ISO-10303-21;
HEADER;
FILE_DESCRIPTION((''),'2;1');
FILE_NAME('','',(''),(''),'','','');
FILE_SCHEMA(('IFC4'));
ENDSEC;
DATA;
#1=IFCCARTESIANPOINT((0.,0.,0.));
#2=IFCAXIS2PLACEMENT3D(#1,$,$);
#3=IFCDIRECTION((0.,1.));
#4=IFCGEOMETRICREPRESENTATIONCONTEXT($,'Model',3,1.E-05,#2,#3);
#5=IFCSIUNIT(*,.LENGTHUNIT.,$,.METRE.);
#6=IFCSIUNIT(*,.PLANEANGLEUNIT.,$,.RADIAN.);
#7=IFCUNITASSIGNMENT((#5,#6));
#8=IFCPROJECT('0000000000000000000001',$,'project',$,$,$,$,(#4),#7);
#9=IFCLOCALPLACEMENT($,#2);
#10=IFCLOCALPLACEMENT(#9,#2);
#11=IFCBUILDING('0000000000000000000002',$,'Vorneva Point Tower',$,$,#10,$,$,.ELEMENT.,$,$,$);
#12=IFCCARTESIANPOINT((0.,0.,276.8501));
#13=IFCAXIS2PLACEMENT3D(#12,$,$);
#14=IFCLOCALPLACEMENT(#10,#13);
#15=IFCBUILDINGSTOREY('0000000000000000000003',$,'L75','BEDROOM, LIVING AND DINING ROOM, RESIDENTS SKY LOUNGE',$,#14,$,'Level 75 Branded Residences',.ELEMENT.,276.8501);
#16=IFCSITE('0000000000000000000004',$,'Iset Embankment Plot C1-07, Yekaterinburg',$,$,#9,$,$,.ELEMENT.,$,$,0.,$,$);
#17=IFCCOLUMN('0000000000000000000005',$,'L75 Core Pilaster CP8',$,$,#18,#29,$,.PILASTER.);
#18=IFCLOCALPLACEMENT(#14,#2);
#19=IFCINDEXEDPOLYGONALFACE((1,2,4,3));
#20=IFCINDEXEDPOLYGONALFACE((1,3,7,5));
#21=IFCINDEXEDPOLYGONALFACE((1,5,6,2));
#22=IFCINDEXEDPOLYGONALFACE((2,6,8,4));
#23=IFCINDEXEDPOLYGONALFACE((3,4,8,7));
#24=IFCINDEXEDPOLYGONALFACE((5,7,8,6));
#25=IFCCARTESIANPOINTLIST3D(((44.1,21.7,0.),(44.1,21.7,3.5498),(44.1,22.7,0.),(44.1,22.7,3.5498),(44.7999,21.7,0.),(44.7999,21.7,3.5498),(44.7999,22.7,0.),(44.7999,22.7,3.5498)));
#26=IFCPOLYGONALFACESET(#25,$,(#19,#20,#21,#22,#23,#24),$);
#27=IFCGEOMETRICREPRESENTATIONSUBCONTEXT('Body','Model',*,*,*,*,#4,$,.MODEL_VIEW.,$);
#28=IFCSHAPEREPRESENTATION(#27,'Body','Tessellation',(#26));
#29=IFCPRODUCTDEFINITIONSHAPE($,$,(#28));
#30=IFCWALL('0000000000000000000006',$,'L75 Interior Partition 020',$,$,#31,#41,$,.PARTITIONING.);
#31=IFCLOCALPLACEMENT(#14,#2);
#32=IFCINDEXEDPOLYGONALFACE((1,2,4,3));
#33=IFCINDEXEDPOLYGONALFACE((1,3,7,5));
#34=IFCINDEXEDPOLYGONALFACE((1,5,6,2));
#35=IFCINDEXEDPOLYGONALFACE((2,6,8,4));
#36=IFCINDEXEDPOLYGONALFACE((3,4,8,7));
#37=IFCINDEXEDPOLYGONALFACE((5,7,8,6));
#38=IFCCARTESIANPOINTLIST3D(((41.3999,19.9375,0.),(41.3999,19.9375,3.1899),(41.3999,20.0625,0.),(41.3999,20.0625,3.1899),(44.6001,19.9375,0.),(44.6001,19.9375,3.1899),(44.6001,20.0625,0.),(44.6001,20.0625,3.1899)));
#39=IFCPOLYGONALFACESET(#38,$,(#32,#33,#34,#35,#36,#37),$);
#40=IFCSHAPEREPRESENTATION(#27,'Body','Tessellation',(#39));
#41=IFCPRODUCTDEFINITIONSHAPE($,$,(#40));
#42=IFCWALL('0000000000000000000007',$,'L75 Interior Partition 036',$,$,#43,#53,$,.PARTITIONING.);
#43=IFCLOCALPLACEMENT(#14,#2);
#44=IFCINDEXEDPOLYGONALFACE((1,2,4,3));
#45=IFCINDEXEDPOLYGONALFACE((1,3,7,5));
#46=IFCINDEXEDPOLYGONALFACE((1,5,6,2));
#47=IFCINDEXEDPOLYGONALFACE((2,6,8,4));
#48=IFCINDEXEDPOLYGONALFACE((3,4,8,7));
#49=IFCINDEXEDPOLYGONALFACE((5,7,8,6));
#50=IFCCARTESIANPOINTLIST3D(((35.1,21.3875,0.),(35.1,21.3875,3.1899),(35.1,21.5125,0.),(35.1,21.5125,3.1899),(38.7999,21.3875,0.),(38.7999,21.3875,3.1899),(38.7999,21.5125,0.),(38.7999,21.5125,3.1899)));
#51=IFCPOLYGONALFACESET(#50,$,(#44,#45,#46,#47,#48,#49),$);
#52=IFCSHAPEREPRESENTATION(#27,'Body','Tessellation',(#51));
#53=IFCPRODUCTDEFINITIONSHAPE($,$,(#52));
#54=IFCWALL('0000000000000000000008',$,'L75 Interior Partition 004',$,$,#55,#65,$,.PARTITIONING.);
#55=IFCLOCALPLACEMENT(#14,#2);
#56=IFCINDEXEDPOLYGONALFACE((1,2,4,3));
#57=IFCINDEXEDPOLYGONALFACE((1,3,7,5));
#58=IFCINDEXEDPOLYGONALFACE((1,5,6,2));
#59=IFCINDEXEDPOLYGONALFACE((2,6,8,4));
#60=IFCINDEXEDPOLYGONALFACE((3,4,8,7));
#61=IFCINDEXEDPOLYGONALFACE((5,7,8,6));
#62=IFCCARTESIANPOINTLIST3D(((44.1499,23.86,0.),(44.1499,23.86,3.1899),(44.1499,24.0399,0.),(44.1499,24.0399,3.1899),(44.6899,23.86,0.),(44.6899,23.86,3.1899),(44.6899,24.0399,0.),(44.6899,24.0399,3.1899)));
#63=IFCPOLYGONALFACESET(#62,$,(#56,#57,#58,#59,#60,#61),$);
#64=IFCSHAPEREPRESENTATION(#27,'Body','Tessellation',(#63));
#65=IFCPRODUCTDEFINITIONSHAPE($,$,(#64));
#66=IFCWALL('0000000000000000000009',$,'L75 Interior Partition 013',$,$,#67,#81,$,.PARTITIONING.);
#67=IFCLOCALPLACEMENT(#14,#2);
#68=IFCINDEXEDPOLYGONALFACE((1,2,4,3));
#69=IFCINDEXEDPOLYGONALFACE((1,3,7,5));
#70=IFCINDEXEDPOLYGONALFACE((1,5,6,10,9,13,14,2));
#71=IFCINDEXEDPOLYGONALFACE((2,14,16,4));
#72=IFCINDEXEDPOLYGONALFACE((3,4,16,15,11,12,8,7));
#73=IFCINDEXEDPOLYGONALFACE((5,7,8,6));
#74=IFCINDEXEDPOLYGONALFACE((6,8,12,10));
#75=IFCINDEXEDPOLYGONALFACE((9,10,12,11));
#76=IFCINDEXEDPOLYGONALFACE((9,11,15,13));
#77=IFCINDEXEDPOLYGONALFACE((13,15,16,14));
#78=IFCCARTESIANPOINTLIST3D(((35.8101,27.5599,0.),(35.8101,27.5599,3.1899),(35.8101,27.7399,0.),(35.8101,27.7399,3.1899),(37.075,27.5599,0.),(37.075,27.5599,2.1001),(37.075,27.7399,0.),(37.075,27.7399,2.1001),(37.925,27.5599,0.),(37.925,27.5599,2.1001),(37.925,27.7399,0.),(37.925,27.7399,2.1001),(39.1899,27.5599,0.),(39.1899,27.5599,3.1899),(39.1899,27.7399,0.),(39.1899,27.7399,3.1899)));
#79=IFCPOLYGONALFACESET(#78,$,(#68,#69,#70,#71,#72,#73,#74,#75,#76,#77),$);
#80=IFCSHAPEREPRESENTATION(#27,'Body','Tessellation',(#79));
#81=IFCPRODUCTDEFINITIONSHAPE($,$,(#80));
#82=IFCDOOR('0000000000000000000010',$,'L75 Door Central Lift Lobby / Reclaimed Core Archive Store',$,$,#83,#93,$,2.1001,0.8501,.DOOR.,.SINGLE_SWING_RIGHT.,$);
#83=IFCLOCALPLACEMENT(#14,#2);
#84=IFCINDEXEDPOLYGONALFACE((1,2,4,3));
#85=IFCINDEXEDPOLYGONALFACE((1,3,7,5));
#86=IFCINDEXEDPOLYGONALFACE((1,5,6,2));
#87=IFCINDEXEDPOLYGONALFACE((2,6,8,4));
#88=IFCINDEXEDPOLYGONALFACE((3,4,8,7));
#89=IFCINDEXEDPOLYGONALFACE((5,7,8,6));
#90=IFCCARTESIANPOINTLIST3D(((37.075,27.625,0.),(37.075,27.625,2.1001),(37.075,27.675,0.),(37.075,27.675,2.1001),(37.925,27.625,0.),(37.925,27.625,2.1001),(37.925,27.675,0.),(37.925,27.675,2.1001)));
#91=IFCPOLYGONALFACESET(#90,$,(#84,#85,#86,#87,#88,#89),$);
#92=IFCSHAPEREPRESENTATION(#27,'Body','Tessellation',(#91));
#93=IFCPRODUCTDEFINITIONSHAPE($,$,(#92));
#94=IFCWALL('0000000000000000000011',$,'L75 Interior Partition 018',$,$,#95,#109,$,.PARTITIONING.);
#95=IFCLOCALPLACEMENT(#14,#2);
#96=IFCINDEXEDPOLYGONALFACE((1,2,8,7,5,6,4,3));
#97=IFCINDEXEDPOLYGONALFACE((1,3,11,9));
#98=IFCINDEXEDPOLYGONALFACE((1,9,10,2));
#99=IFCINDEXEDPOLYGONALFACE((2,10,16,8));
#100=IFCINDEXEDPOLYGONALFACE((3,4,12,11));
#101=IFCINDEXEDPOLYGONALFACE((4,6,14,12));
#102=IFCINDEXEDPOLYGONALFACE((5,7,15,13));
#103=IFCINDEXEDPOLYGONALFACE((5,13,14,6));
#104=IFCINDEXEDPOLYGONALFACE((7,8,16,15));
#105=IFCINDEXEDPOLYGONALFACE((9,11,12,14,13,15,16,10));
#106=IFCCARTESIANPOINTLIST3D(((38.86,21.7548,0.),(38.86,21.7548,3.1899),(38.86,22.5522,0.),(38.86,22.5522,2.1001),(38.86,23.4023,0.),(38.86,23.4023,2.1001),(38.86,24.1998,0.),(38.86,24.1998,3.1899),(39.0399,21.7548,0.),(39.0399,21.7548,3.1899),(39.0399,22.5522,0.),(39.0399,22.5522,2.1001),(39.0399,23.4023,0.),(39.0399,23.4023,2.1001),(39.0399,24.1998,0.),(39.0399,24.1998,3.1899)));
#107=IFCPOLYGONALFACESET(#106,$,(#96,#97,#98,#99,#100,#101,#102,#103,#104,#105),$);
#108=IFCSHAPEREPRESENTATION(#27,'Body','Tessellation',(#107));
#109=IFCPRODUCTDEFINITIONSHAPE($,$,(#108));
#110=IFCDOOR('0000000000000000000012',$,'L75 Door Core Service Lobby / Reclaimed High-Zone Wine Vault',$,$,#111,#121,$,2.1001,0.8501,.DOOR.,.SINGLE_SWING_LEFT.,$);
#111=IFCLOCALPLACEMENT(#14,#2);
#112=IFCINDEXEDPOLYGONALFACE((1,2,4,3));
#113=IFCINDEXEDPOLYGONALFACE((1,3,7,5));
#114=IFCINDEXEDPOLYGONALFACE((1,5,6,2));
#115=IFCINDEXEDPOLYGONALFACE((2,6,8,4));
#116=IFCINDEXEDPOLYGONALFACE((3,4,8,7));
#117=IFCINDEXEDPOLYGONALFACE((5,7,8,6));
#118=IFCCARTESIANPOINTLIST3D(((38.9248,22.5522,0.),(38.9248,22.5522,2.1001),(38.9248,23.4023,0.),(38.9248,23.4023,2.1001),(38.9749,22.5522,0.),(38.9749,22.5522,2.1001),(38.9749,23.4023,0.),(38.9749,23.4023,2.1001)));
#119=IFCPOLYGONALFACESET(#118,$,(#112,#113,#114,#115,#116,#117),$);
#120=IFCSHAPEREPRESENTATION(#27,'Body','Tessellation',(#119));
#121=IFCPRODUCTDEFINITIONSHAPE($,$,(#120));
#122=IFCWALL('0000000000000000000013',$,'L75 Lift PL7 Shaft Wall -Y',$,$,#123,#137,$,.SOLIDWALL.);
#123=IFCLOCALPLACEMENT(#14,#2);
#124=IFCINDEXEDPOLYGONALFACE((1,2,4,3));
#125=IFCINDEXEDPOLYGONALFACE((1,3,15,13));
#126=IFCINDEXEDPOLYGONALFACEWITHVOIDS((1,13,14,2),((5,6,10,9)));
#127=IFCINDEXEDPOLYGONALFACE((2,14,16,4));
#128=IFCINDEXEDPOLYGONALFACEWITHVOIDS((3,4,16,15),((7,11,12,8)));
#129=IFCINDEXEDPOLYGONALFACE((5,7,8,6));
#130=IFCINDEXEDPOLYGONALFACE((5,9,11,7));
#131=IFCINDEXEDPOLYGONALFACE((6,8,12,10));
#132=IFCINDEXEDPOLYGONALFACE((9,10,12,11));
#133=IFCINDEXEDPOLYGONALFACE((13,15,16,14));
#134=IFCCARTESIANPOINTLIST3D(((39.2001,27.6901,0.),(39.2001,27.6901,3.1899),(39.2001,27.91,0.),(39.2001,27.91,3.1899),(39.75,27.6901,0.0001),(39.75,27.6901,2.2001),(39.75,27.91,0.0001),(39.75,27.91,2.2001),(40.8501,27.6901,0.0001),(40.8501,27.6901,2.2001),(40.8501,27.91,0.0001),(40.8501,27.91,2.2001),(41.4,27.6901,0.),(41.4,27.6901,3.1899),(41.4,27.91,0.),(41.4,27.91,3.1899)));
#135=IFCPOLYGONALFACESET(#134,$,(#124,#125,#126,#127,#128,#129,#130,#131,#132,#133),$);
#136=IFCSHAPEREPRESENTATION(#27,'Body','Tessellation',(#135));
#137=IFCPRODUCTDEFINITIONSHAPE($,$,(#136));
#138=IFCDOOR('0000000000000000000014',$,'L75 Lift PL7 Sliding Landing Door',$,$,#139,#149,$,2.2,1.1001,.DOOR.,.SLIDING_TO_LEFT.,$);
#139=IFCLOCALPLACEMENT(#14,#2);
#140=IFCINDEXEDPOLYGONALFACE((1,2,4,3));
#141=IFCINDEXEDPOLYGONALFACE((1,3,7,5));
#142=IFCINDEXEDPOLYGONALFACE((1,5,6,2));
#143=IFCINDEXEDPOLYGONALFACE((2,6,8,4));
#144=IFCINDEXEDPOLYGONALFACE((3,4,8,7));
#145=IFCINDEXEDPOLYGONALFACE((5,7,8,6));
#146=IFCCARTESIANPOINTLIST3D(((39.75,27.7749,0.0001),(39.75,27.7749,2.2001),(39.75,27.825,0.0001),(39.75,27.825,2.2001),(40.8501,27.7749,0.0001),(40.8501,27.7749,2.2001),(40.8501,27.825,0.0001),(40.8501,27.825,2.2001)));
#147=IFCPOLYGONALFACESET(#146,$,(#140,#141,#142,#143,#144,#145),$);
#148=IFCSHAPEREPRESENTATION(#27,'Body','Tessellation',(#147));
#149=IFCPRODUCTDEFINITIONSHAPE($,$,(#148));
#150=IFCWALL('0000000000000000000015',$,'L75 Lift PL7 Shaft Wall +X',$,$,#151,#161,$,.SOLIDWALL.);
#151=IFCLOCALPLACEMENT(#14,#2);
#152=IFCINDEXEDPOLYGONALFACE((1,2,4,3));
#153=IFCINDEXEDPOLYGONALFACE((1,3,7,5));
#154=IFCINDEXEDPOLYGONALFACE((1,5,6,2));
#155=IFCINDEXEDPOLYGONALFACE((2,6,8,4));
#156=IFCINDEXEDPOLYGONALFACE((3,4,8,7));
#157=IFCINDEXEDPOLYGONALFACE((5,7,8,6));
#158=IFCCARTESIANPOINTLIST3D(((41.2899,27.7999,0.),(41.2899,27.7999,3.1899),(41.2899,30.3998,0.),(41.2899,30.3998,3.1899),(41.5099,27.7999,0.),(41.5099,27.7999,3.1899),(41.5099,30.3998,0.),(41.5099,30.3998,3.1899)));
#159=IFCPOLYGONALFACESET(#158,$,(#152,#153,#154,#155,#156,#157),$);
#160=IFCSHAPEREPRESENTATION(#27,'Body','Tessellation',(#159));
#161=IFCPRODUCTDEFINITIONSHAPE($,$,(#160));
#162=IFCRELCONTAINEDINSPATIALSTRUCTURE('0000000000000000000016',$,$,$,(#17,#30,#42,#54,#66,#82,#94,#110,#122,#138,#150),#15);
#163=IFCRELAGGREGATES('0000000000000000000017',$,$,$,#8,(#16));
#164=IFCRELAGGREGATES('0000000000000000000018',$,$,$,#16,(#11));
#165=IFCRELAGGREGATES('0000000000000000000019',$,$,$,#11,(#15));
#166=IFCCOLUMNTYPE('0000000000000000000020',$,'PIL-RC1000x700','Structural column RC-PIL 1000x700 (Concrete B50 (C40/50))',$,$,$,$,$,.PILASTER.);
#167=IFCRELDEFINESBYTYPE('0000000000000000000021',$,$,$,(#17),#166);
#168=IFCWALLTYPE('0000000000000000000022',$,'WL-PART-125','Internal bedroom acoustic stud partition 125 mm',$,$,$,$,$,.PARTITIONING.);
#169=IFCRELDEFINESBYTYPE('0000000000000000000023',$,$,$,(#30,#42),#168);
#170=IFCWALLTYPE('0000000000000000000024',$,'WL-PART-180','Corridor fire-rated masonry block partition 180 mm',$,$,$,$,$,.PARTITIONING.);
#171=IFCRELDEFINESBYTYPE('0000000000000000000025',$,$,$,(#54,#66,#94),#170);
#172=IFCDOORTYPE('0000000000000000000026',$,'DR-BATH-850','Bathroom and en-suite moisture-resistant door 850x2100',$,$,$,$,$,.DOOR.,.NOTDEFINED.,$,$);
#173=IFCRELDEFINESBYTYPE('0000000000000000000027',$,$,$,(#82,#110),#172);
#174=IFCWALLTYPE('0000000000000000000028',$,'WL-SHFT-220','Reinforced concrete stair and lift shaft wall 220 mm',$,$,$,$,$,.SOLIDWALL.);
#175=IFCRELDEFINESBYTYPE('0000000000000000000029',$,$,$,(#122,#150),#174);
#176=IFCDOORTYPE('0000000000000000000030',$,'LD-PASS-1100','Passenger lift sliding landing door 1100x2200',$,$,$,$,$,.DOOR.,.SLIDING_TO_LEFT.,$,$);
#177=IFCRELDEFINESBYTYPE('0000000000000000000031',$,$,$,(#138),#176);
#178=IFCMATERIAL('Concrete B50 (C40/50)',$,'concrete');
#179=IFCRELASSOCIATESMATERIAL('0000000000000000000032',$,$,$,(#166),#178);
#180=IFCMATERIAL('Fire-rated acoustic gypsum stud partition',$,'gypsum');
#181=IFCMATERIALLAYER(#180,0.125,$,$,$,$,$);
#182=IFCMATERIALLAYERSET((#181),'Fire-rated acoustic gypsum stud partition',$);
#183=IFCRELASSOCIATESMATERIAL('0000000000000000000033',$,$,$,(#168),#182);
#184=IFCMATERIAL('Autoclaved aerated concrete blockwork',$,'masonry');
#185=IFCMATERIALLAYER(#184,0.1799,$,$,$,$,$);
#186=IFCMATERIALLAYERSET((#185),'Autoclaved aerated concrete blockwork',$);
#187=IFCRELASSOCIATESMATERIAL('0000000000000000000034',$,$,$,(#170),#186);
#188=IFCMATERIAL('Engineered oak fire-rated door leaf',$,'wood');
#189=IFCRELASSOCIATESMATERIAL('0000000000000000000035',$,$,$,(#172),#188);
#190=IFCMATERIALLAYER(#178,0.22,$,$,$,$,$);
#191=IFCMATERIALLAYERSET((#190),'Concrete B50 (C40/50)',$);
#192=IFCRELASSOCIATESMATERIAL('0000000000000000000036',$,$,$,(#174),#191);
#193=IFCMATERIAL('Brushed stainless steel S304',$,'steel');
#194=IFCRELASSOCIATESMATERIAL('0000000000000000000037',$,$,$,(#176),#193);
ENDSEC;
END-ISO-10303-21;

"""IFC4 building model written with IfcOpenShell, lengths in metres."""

from ifc_helpers import new_model, si_unit, direction, frame, frame_2d, origin, origin_2d, place, context, subcontext, project, spatial, rectangle, extrude, material, layer, layer_set, material_profile, profile_set, type_object, element, fill, save


model = new_model("IFC4")

# Units and contexts
model_context = context("Model", 3, precision=1e-05, world=origin(), true_north=direction((0.0, 1.0)))
body_context = subcontext(model_context, "Body", "Model", "MODEL_VIEW")
ifc_project = project(units=[si_unit("LENGTHUNIT", "METRE"), si_unit("PLANEANGLEUNIT", "RADIAN")], contexts=[model_context])

# Site, building, storey
site_placement = place(None, origin())
site = spatial("IfcSite", under=ifc_project, at=site_placement, Name="Iset Embankment Plot C1-07, Yekaterinburg", CompositionType="ELEMENT", RefElevation=0.0)
building_placement = place(site_placement, origin())
building = spatial("IfcBuilding", under=site, at=building_placement, Name="Vorneva Point Tower", CompositionType="ELEMENT")
storey_placement = place(building_placement, frame((0.0, 0.0, 276.8501)))
storey = spatial("IfcBuildingStorey", under=building, at=storey_placement, Name="L75", Description="BEDROOM, LIVING AND DINING ROOM, RESIDENTS SKY LOUNGE", LongName="Level 75 Branded Residences", CompositionType="ELEMENT", Elevation=276.8501)

# Column
ifc_material_1 = material(Name="Concrete B50 (C40/50)", Category="concrete")
ifc_material_profile = material_profile(ifc_material_1, rectangle(XDim=0.7, YDim=1.0, at=origin_2d()), Name="RC-PIL 1000x700")
ifc_profile_set = profile_set([ifc_material_profile], Name="Concrete B50 (C40/50)")
column_type = type_object("IfcColumnType", Name="PIL-RC1000x700", Description="Structural column RC-PIL 1000x700 (Concrete B50 (C40/50))", PredefinedType="PILASTER", material=ifc_profile_set)
column_placement = place(storey_placement, frame((44.45, 22.2, 0.0), z_axis=(0.0, 0.0, 1.0), x_axis=(1.0, 0.0, 0.0)))
element("IfcColumn", 1, at=column_placement, inside=storey, type_object=column_type, Name="L75 Core Pilaster CP8", PredefinedType="PILASTER", context=body_context, shape_type="SweptSolid", body=[
    extrude(rectangle(XDim=0.7, YDim=1.0, at=origin_2d()), origin(), (0.0, 0.0, 1.0), 3.5498),
])

# Walls
ifc_material_2 = material(Name="Fire-rated acoustic gypsum stud partition", Category="gypsum")
ifc_layer_1 = layer(ifc_material_2, 0.125)
ifc_layer_set_1 = layer_set([ifc_layer_1], Name="Fire-rated acoustic gypsum stud partition")
wall_type_1 = type_object("IfcWallType", Name="WL-PART-125", Description="Internal bedroom acoustic stud partition 125 mm", PredefinedType="PARTITIONING", material=ifc_layer_set_1)
wall_1_placement = place(storey_placement, frame((44.6001, 20.0, 0.0), z_axis=(0.0, 0.0, 1.0), x_axis=(-1.0, 0.0, 0.0)))
element("IfcWall", 2, at=wall_1_placement, inside=storey, type_object=wall_type_1, Name="L75 Interior Partition 020", PredefinedType="PARTITIONING", context=body_context, shape_type="SweptSolid", body=[
    extrude(rectangle(XDim=3.2002, YDim=0.125, at=frame_2d((1.6001, 0.0))), origin(), (0.0, 0.0, 1.0), 3.1899),
])
wall_2_placement = place(storey_placement, frame((38.8, 21.45, 0.0), z_axis=(0.0, 0.0, 1.0), x_axis=(-1.0, 0.0, 0.0)))
element("IfcWall", 3, at=wall_2_placement, inside=storey, type_object=wall_type_1, Name="L75 Interior Partition 036", PredefinedType="PARTITIONING", context=body_context, shape_type="SweptSolid", body=[
    extrude(rectangle(XDim=3.7, YDim=0.125, at=frame_2d((1.8501, 0.0))), origin(), (0.0, 0.0, 1.0), 3.1899),
])
ifc_material_3 = material(Name="Autoclaved aerated concrete blockwork", Category="masonry")
ifc_layer_2 = layer(ifc_material_3, 0.1799)
ifc_layer_set_2 = layer_set([ifc_layer_2], Name="Autoclaved aerated concrete blockwork")
wall_type_2 = type_object("IfcWallType", Name="WL-PART-180", Description="Corridor fire-rated masonry block partition 180 mm", PredefinedType="PARTITIONING", material=ifc_layer_set_2)
wall_3_placement = place(storey_placement, frame((44.1499, 23.95, 0.0), z_axis=(0.0, 0.0, 1.0), x_axis=(1.0, 0.0, 0.0)))
element("IfcWall", 4, at=wall_3_placement, inside=storey, type_object=wall_type_2, Name="L75 Interior Partition 004", PredefinedType="PARTITIONING", context=body_context, shape_type="SweptSolid", body=[
    extrude(rectangle(XDim=0.54, YDim=0.1799, at=frame_2d((0.27, 0.0))), origin(), (0.0, 0.0, 1.0), 3.1899),
])

# Walls, openings, doors
ifc_material_4 = material(Name="Engineered oak fire-rated door leaf", Category="wood")
wall_4_placement = place(storey_placement, frame((39.1899, 27.6499, 0.0), z_axis=(0.0, 0.0, 1.0), x_axis=(-1.0, 0.0, 0.0)))
wall_4 = element("IfcWall", 5, at=wall_4_placement, inside=storey, type_object=wall_type_2, Name="L75 Interior Partition 013", PredefinedType="PARTITIONING", context=body_context, shape_type="SweptSolid", body=[
    extrude(rectangle(XDim=3.3799, YDim=0.1799, at=frame_2d((1.6899, 0.0))), origin(), (0.0, 0.0, 1.0), 3.1899),
])
opening_1_placement = place(wall_4_placement, frame((1.2649, 0.0, 0.0)))
opening_1 = element("IfcOpeningElement", 6, at=opening_1_placement, cuts=wall_4, PredefinedType="OPENING", context=body_context, shape_type="SweptSolid", body=[
    extrude(rectangle(XDim=0.8501, YDim=2.1001, at=frame_2d((0.425, 1.05))), frame((0.0, 0.105, 0.0), z_axis=(0.0, -1.0, 0.0), x_axis=(1.0, 0.0, 0.0)), (0.0, 0.0, 1.0), 0.2097),
])
door_type_1 = type_object("IfcDoorType", Name="DR-BATH-850", Description="Bathroom and en-suite moisture-resistant door 850x2100", OperationType="NOTDEFINED", PredefinedType="DOOR", material=ifc_material_4)
door_1_placement = place(opening_1_placement, origin())
door_1 = element("IfcDoor", 7, at=door_1_placement, inside=storey, type_object=door_type_1, Name="L75 Door Central Lift Lobby / Reclaimed Core Archive Store", OperationType="SINGLE_SWING_RIGHT", OverallHeight=2.1001, OverallWidth=0.8501, PredefinedType="DOOR", context=body_context, shape_type="SweptSolid", body=[
    extrude(rectangle(XDim=0.8501, YDim=2.1001, at=frame_2d((0.425, 1.05))), frame((0.0, 0.0249, 0.0), z_axis=(0.0, -1.0, 0.0), x_axis=(1.0, 0.0, 0.0)), (0.0, 0.0, 1.0), 0.05),
])
fill(opening_1, door_1)
wall_5_placement = place(storey_placement, frame((38.95, 24.2, 0.0), z_axis=(0.0, 0.0, 1.0), x_axis=(0.0, -1.0, 0.0)))
wall_5 = element("IfcWall", 8, at=wall_5_placement, inside=storey, type_object=wall_type_2, Name="L75 Interior Partition 018", PredefinedType="PARTITIONING", context=body_context, shape_type="SweptSolid", body=[
    extrude(rectangle(XDim=2.4451, YDim=0.1799, at=frame_2d((1.2227, 0.0))), origin(), (0.0, 0.0, 1.0), 3.1899),
])
opening_2_placement = place(wall_5_placement, frame((0.7976, 0.0, 0.0)))
opening_2 = element("IfcOpeningElement", 9, at=opening_2_placement, cuts=wall_5, PredefinedType="OPENING", context=body_context, shape_type="SweptSolid", body=[
    extrude(rectangle(XDim=0.8501, YDim=2.1001, at=frame_2d((0.425, 1.05))), frame((0.0, 0.105, 0.0), z_axis=(0.0, -1.0, 0.0), x_axis=(1.0, 0.0, 0.0)), (0.0, 0.0, 1.0), 0.2097),
])
door_2_placement = place(opening_2_placement, origin())
door_2 = element("IfcDoor", 10, at=door_2_placement, inside=storey, type_object=door_type_1, Name="L75 Door Core Service Lobby / Reclaimed High-Zone Wine Vault", OperationType="SINGLE_SWING_LEFT", OverallHeight=2.1001, OverallWidth=0.8501, PredefinedType="DOOR", context=body_context, shape_type="SweptSolid", body=[
    extrude(rectangle(XDim=0.8501, YDim=2.1001, at=frame_2d((0.425, 1.05))), frame((0.0, 0.0249, 0.0), z_axis=(0.0, -1.0, 0.0), x_axis=(1.0, 0.0, 0.0)), (0.0, 0.0, 1.0), 0.05),
])
fill(opening_2, door_2)
ifc_layer_3 = layer(ifc_material_1, 0.22)
ifc_layer_set_3 = layer_set([ifc_layer_3], Name="Concrete B50 (C40/50)")
wall_type_3 = type_object("IfcWallType", Name="WL-SHFT-220", Description="Reinforced concrete stair and lift shaft wall 220 mm", PredefinedType="SOLIDWALL", material=ifc_layer_set_3)
wall_6_placement = place(storey_placement, frame((39.2, 27.8, 0.0), z_axis=(0.0, 0.0, 1.0), x_axis=(1.0, 0.0, 0.0)))
wall_6 = element("IfcWall", 11, at=wall_6_placement, inside=storey, type_object=wall_type_3, Name="L75 Lift PL7 Shaft Wall -Y", PredefinedType="SOLIDWALL", context=body_context, shape_type="SweptSolid", body=[
    extrude(rectangle(XDim=2.2, YDim=0.22, at=frame_2d((1.1001, 0.0))), origin(), (0.0, 0.0, 1.0), 3.1899),
])
opening_3_placement = place(wall_6_placement, frame((0.55, 0.0, 0.0)))
opening_3 = element("IfcOpeningElement", 12, at=opening_3_placement, cuts=wall_6, PredefinedType="OPENING", context=body_context, shape_type="SweptSolid", body=[
    extrude(rectangle(XDim=1.1001, YDim=2.2, at=frame_2d((0.55, 1.1001))), frame((0.0, 0.125, 0.0), z_axis=(0.0, -1.0, 0.0), x_axis=(1.0, 0.0, 0.0)), (0.0, 0.0, 1.0), 0.2498),
])
ifc_material_5 = material(Name="Brushed stainless steel S304", Category="steel")
door_type_2 = type_object("IfcDoorType", Name="LD-PASS-1100", Description="Passenger lift sliding landing door 1100x2200", OperationType="SLIDING_TO_LEFT", PredefinedType="DOOR", material=ifc_material_5)
door_3_placement = place(opening_3_placement, origin())
door_3 = element("IfcDoor", 13, at=door_3_placement, inside=storey, type_object=door_type_2, Name="L75 Lift PL7 Sliding Landing Door", OperationType="SLIDING_TO_LEFT", OverallHeight=2.2, OverallWidth=1.1001, PredefinedType="DOOR", context=body_context, shape_type="SweptSolid", body=[
    extrude(rectangle(XDim=1.1001, YDim=2.2, at=frame_2d((0.55, 1.1001))), frame((0.0, 0.0249, 0.0), z_axis=(0.0, -1.0, 0.0), x_axis=(1.0, 0.0, 0.0)), (0.0, 0.0, 1.0), 0.05),
])
fill(opening_3, door_3)

# Wall
wall_7_placement = place(storey_placement, frame((41.3999, 27.8, 0.0), z_axis=(0.0, 0.0, 1.0), x_axis=(0.0, 1.0, 0.0)))
element("IfcWall", 14, at=wall_7_placement, inside=storey, type_object=wall_type_3, Name="L75 Lift PL7 Shaft Wall +X", PredefinedType="SOLIDWALL", context=body_context, shape_type="SweptSolid", body=[
    extrude(rectangle(XDim=2.5999, YDim=0.22, at=frame_2d((1.2998, 0.0))), origin(), (0.0, 0.0, 1.0), 3.1899),
])

save(model, "model.ifc")
